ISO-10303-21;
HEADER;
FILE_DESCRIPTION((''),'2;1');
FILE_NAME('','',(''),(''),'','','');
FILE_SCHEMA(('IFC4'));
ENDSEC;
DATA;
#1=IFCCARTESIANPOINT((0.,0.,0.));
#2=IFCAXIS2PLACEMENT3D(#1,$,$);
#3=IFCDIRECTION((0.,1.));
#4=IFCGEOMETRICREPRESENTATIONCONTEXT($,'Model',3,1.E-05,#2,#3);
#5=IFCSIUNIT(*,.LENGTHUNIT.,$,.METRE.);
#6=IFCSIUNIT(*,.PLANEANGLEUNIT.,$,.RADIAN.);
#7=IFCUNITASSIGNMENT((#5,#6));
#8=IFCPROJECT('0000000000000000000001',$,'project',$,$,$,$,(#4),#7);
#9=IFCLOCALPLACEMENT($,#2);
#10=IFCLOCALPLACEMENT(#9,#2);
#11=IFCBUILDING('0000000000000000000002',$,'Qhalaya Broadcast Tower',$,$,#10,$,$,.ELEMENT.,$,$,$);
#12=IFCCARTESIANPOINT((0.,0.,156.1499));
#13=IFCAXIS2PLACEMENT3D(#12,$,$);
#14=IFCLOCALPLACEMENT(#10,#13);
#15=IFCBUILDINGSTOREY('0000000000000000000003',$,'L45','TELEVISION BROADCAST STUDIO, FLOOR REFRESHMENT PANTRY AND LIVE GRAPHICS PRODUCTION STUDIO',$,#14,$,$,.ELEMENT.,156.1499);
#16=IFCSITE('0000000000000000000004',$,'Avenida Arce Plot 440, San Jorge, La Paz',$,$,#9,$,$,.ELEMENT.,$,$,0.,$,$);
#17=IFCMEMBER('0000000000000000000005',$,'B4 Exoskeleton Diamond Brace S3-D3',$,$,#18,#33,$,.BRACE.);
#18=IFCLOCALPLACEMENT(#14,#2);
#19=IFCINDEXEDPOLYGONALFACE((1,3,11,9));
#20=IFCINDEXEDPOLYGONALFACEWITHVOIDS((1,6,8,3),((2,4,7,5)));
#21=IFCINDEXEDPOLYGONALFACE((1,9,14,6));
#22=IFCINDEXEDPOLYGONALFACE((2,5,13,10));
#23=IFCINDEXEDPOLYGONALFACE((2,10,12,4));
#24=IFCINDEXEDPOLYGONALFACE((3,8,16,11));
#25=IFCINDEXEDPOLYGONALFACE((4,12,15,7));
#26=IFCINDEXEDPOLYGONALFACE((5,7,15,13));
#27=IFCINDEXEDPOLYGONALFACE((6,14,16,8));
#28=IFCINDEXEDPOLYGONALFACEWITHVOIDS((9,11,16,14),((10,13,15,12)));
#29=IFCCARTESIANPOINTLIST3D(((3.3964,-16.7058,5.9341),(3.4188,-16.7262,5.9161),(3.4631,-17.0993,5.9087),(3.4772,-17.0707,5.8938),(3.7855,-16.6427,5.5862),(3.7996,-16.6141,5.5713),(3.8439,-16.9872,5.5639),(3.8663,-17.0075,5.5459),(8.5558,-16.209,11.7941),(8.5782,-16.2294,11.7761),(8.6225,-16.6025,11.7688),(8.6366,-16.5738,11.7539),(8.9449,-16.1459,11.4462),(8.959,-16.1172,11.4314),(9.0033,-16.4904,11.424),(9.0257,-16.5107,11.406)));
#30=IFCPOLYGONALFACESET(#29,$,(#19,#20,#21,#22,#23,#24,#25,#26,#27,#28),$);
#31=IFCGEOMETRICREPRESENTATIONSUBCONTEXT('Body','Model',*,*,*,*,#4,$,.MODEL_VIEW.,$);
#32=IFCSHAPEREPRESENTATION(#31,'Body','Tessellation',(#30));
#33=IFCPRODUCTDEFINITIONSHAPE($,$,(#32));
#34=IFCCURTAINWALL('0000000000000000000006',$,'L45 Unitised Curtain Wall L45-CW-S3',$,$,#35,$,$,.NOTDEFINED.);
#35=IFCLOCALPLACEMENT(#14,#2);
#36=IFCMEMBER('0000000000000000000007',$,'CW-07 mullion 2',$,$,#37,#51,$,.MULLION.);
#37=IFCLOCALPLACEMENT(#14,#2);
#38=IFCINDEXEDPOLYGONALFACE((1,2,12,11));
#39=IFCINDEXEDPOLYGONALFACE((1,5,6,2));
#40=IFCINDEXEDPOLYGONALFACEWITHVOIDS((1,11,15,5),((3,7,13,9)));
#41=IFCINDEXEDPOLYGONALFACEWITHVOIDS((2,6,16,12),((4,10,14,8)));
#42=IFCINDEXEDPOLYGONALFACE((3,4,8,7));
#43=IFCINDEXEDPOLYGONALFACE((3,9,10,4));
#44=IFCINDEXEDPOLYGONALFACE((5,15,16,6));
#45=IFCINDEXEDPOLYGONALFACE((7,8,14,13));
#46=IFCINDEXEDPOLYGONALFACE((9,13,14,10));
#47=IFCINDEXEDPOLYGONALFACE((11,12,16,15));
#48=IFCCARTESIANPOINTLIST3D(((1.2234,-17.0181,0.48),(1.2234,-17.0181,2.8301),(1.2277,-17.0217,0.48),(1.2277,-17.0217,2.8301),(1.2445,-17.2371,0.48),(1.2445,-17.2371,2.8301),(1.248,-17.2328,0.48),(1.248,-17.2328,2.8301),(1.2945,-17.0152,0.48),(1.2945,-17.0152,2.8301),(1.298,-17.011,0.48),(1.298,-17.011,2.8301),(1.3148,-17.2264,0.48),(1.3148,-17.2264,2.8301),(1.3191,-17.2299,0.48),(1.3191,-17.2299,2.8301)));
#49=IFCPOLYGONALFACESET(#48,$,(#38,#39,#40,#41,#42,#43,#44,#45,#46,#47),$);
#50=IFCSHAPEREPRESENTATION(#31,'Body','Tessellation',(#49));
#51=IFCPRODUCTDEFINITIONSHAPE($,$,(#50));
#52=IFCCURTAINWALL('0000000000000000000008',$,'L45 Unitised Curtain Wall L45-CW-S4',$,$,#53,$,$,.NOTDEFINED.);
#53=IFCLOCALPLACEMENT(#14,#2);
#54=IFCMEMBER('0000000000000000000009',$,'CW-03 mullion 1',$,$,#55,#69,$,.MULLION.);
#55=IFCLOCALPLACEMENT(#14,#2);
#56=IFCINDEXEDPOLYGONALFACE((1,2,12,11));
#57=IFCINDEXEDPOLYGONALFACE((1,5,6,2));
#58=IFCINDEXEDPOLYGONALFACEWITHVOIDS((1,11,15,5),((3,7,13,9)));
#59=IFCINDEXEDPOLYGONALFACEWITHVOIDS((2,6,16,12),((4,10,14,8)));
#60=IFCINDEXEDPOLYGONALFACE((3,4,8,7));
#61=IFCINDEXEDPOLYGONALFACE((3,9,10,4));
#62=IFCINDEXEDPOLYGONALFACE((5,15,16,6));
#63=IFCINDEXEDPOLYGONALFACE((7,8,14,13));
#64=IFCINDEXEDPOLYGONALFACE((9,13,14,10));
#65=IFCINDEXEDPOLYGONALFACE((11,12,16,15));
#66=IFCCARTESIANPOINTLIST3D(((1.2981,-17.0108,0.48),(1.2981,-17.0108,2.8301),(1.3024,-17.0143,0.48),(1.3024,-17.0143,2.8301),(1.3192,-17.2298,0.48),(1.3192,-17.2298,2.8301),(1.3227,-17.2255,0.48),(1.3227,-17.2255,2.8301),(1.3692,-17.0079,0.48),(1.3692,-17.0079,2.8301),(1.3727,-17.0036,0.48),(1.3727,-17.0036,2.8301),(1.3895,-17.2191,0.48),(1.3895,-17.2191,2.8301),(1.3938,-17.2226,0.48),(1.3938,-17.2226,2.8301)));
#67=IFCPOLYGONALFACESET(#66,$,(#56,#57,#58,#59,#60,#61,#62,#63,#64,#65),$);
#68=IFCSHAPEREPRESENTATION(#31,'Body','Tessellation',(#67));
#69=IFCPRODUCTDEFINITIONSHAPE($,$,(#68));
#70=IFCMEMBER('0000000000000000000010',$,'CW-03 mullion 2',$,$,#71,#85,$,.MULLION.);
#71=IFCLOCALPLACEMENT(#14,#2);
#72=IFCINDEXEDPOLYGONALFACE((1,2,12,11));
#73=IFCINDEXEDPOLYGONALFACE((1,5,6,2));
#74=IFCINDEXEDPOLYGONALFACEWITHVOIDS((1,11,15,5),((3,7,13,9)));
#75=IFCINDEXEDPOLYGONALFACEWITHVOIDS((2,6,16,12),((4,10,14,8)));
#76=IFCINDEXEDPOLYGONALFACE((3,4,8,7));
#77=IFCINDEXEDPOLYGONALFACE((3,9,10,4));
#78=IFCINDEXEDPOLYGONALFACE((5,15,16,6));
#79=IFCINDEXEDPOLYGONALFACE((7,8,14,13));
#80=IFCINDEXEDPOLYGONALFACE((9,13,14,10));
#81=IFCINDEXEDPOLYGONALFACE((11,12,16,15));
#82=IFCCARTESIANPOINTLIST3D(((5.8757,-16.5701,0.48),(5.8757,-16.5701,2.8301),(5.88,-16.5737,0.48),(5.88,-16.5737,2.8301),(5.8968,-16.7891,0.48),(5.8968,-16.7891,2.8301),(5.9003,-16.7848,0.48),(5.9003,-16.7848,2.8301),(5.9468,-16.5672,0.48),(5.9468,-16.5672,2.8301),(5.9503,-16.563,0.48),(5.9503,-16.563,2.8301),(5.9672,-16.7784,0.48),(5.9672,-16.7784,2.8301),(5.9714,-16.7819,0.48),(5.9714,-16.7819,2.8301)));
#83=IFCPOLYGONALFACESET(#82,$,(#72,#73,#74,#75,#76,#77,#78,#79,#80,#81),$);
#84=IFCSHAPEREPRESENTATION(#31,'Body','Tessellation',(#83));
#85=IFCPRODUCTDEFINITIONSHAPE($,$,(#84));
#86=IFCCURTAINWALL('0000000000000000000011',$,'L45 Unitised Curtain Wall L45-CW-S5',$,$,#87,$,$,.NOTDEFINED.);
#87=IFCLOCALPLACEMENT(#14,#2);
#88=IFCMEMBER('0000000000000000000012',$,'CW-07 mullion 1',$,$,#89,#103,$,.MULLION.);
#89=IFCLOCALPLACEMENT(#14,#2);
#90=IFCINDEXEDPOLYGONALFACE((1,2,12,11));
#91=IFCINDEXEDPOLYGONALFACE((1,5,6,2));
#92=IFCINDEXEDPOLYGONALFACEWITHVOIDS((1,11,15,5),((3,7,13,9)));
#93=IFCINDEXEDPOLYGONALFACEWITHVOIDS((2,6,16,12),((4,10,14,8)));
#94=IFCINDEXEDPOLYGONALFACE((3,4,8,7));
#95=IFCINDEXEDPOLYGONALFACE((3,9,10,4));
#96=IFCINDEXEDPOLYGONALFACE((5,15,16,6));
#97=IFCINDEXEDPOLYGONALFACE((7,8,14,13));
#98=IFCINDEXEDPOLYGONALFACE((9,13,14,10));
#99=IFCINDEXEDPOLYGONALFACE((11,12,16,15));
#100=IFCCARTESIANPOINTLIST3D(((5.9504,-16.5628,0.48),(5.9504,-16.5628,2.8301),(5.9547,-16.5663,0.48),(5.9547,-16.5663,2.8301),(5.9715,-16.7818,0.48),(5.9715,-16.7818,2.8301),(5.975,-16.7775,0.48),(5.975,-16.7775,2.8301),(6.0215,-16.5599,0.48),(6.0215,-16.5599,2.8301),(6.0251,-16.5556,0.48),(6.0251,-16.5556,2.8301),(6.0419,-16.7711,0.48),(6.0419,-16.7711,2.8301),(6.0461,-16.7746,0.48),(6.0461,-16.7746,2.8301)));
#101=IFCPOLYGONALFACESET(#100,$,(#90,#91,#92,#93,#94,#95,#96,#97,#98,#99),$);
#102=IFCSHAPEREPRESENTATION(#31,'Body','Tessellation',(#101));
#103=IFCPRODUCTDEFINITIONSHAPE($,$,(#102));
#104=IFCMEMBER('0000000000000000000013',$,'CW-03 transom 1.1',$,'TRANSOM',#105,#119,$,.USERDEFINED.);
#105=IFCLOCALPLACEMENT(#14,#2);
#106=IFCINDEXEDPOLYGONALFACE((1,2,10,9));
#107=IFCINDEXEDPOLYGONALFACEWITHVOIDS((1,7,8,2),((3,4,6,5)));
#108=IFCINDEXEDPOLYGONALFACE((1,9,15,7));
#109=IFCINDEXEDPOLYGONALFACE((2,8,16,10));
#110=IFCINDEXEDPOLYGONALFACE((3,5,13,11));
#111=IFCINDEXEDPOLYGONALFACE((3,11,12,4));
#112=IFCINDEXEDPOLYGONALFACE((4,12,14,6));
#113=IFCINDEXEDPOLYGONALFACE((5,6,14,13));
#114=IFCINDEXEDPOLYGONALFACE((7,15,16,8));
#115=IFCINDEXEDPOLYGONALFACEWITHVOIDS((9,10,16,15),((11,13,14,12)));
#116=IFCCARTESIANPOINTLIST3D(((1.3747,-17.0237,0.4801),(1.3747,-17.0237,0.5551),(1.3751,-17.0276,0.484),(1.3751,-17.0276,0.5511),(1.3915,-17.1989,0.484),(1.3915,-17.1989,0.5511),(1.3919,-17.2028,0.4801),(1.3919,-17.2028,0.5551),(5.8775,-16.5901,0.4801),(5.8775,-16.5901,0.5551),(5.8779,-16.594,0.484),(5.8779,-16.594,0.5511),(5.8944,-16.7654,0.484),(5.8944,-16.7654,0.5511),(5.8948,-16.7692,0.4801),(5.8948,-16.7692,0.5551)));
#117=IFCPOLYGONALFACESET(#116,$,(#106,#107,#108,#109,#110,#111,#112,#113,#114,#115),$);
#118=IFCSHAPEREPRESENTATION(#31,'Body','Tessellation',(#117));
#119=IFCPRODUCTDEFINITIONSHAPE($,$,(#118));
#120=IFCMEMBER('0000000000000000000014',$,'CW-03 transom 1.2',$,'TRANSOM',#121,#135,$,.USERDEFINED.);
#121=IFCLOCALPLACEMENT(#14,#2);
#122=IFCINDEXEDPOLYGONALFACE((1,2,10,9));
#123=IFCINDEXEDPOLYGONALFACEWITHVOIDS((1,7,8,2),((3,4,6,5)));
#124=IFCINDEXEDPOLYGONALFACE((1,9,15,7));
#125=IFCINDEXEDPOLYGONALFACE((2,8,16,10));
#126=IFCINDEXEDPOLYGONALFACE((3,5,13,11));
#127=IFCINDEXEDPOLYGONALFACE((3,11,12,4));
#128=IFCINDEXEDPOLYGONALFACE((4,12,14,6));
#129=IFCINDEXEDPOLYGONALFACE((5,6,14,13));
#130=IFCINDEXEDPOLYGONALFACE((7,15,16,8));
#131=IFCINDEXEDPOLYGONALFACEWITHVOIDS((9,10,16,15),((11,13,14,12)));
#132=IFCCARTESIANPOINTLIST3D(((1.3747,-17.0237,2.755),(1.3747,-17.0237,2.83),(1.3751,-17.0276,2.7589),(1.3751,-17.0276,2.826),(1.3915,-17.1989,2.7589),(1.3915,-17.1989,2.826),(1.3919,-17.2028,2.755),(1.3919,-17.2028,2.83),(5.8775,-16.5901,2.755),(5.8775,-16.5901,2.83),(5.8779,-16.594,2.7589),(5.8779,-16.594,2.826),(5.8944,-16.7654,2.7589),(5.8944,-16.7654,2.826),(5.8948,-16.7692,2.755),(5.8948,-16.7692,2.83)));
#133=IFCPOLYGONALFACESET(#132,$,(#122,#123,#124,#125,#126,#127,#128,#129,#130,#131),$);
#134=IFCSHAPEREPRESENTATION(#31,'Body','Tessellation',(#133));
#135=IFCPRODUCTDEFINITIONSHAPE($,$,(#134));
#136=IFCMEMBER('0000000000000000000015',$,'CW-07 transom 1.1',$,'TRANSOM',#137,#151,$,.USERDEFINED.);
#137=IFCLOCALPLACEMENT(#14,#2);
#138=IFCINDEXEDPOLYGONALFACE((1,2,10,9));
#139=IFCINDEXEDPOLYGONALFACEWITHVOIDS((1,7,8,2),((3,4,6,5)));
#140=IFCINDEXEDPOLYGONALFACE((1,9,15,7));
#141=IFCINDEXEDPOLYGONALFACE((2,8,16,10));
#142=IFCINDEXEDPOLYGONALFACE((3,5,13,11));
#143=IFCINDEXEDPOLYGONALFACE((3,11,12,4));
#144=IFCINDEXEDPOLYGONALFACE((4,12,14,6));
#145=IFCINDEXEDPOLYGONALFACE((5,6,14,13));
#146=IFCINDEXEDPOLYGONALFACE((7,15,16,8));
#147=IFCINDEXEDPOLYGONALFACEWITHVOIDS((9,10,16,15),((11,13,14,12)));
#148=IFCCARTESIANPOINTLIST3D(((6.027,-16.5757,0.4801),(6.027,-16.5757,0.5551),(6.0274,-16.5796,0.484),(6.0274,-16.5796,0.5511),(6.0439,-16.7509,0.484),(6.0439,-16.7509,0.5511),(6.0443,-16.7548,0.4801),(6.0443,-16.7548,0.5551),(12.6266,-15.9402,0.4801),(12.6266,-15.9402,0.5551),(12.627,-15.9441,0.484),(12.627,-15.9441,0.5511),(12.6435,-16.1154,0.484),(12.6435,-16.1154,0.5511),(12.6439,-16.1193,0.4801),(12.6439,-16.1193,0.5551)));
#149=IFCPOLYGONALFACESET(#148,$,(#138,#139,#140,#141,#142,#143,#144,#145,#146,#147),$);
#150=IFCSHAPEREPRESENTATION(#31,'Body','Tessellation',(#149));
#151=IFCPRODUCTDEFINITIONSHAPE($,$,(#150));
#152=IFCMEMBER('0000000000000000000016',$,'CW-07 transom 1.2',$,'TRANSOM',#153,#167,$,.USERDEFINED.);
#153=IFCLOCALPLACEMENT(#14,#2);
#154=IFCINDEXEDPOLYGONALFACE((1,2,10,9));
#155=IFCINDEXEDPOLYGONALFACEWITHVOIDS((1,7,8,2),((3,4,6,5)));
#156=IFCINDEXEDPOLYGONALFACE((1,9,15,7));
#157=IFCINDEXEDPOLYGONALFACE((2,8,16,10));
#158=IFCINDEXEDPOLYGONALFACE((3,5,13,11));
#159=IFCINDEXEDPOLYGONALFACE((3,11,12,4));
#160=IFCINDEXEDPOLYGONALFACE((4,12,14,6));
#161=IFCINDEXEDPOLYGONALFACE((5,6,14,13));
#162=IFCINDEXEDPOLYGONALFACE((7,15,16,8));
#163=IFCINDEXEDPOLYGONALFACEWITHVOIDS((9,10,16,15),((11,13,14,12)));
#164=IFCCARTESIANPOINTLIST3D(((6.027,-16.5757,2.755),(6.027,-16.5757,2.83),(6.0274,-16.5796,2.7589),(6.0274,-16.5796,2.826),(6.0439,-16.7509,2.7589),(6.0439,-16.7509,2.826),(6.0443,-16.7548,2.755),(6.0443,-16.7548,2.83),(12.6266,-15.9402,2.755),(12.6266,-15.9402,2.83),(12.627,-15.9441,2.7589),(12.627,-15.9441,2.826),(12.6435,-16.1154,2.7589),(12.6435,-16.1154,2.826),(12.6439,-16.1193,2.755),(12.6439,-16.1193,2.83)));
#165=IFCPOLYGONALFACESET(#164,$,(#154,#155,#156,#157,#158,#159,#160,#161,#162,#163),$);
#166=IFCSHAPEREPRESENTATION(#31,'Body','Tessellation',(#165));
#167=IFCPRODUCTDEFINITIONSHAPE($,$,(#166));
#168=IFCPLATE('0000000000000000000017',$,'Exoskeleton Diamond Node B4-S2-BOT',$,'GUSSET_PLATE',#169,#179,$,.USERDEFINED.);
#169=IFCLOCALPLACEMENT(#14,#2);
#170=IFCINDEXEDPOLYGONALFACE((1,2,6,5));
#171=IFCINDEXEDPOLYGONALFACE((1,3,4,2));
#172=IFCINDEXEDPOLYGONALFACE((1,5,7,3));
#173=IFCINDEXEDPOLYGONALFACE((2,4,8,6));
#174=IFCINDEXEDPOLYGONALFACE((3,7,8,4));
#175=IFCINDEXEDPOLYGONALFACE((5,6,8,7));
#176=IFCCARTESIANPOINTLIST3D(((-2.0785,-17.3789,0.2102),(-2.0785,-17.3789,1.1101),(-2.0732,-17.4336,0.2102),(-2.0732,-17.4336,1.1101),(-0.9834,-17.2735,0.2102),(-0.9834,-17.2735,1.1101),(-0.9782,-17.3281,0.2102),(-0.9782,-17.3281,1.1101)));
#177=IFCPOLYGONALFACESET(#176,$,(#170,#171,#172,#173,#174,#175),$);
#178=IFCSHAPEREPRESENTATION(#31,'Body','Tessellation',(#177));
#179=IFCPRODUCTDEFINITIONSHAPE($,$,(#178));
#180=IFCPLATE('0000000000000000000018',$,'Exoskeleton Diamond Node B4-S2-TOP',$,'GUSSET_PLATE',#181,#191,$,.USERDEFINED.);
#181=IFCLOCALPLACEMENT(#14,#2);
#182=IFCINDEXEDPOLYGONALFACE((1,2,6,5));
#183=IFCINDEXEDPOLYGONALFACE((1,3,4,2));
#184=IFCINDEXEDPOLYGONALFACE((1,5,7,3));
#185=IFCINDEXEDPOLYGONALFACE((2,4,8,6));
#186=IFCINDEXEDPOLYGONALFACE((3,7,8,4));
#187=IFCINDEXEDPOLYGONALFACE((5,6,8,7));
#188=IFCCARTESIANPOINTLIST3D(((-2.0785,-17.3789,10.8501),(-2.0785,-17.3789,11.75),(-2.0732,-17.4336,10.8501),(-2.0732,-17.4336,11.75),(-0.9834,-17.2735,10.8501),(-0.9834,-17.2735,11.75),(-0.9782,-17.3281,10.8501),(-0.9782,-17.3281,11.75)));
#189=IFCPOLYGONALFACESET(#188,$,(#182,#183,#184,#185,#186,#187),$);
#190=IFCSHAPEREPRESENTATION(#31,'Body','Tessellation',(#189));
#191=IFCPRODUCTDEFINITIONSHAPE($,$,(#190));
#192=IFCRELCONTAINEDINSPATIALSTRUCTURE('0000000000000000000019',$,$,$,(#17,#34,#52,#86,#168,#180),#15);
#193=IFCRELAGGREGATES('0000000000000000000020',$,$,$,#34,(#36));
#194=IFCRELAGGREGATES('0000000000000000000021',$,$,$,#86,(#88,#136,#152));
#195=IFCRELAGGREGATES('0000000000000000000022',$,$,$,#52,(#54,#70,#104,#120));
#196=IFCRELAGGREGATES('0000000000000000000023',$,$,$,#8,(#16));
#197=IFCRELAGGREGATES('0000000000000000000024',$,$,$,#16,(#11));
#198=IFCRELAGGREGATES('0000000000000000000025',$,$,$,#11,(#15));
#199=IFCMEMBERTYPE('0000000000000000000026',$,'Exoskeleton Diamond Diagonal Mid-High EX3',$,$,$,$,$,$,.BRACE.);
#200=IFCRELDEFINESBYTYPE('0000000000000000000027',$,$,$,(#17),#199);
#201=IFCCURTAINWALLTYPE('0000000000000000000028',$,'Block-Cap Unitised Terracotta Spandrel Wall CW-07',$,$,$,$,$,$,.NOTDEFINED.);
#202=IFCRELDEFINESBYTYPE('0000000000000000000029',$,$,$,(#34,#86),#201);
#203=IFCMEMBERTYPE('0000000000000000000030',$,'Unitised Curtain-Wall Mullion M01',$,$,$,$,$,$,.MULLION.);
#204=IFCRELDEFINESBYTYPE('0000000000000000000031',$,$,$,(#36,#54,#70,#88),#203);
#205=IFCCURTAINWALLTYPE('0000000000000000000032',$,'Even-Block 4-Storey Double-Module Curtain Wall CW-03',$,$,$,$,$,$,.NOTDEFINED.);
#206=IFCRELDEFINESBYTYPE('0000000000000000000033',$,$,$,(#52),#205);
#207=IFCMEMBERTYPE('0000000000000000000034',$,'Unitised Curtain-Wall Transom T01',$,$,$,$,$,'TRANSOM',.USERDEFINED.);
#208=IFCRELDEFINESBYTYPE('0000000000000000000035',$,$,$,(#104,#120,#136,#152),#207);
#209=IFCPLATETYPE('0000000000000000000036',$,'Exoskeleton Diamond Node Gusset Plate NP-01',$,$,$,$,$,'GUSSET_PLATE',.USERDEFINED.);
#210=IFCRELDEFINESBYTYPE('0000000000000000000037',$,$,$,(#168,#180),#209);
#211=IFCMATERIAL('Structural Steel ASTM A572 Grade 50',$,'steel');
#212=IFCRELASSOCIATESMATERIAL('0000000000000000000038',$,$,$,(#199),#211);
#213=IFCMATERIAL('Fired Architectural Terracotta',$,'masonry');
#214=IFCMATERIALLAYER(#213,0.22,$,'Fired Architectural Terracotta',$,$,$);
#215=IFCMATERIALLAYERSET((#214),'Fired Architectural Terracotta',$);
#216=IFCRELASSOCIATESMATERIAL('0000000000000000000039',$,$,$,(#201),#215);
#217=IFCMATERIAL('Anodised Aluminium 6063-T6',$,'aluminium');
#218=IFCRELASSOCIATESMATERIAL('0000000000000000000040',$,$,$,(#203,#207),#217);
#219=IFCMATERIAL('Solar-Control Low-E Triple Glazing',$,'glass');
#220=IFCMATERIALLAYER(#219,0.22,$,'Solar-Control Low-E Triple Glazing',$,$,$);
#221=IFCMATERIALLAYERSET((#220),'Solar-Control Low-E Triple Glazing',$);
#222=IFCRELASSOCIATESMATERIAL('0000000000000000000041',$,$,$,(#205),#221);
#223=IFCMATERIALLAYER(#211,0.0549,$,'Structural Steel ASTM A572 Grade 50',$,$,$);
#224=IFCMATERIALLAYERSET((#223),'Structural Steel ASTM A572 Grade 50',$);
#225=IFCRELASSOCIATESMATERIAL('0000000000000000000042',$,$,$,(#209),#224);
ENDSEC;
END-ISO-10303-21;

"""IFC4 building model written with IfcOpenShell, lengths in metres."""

from ifc_helpers import new_model, si_unit, direction, frame, origin, origin_2d, place, context, subcontext, project, spatial, rectangle, hollow_rectangle, extrude, material, layer, layer_set, material_profile, profile_set, type_object, element, aggregate, save


model = new_model("IFC4")

# Units and contexts
model_context = context("Model", 3, precision=1e-05, world=origin(), true_north=direction((0.0, 1.0)))
body_context = subcontext(model_context, "Body", "Model", "MODEL_VIEW")
ifc_project = project(units=[si_unit("LENGTHUNIT", "METRE"), si_unit("PLANEANGLEUNIT", "RADIAN")], contexts=[model_context])

# Site, building, storey
site_placement = place(None, origin())
site = spatial("IfcSite", under=ifc_project, at=site_placement, Name="Avenida Arce Plot 440, San Jorge, La Paz", CompositionType="ELEMENT", RefElevation=0.0)
building_placement = place(site_placement, origin())
building = spatial("IfcBuilding", under=site, at=building_placement, Name="Qhalaya Broadcast Tower", CompositionType="ELEMENT")
storey_placement = place(building_placement, frame((0.0, 0.0, 156.1499)))
storey = spatial("IfcBuildingStorey", under=building, at=storey_placement, Name="L45", Description="TELEVISION BROADCAST STUDIO, FLOOR REFRESHMENT PANTRY AND LIVE GRAPHICS PRODUCTION STUDIO", CompositionType="ELEMENT", Elevation=156.1499)

# Shared definitions
ifc_material_1 = material(Name="Structural Steel ASTM A572 Grade 50", Category="steel")

# Member
ifc_material_profile_1 = material_profile(ifc_material_1, hollow_rectangle(XDim=0.3999, YDim=0.55, WallThickness=0.0249, at=origin_2d()), Name="BOX 400x550x25")
ifc_profile_set_1 = profile_set([ifc_material_profile_1], Name="Structural Steel ASTM A572 Grade 50")
member_type_1 = type_object("IfcMemberType", Name="Exoskeleton Diamond Diagonal Mid-High EX3", PredefinedType="BRACE", material=ifc_profile_set_1)
member_1_placement = place(storey_placement, frame((3.6313, -16.8567, 5.74), z_axis=(0.659477, 0.063504, 0.749038), x_axis=(-0.166872, 0.983932, 0.0635)))
element("IfcMember", 1, at=member_1_placement, inside=storey, type_object=member_type_1, Name="B4 Exoskeleton Diamond Brace S3-D3", PredefinedType="BRACE", context=body_context, shape_type="SweptSolid", body=[
    extrude(hollow_rectangle(XDim=0.3999, YDim=0.55, WallThickness=0.0249, at=origin_2d()), origin(), (0.0, 0.0, 1.0), 7.8235),
])

# Curtain wall, member
ifc_material_2 = material(Name="Fired Architectural Terracotta", Category="masonry")
ifc_layer_1 = layer(ifc_material_2, 0.22, Name="Fired Architectural Terracotta")
ifc_layer_set_1 = layer_set([ifc_layer_1], Name="Fired Architectural Terracotta")
curtain_wall_type_1 = type_object("IfcCurtainWallType", Name="Block-Cap Unitised Terracotta Spandrel Wall CW-07", PredefinedType="NOTDEFINED", material=ifc_layer_set_1)
curtain_wall_1_placement = place(storey_placement, origin())
curtain_wall_1 = element("IfcCurtainWall", 2, at=curtain_wall_1_placement, inside=storey, type_object=curtain_wall_type_1, Name="L45 Unitised Curtain Wall L45-CW-S3", PredefinedType="NOTDEFINED")
ifc_material_3 = material(Name="Anodised Aluminium 6063-T6", Category="aluminium")
ifc_material_profile_2 = material_profile(ifc_material_3, hollow_rectangle(XDim=0.075, YDim=0.22, WallThickness=0.0039, at=origin_2d()), Name="ALU-MUL 75x220x4")
ifc_profile_set_2 = profile_set([ifc_material_profile_2], Name="Anodised Aluminium 6063-T6")
member_type_2 = type_object("IfcMemberType", Name="Unitised Curtain-Wall Mullion M01", PredefinedType="MULLION", material=ifc_profile_set_2)
member_2_placement = place(storey_placement, frame((1.2712, -17.124, 0.48), z_axis=(0.0, 0.0, 1.0), x_axis=(0.995395, 0.095854, 0.0)))
member_2 = element("IfcMember", 3, at=member_2_placement, type_object=member_type_2, Name="CW-07 mullion 2", PredefinedType="MULLION", context=body_context, shape_type="SweptSolid", body=[
    extrude(hollow_rectangle(XDim=0.075, YDim=0.22, WallThickness=0.0039, at=origin_2d()), origin(), (0.0, 0.0, 1.0), 2.3501),
])

# Curtain wall, members
ifc_material_4 = material(Name="Solar-Control Low-E Triple Glazing", Category="glass")
ifc_layer_2 = layer(ifc_material_4, 0.22, Name="Solar-Control Low-E Triple Glazing")
ifc_layer_set_2 = layer_set([ifc_layer_2], Name="Solar-Control Low-E Triple Glazing")
curtain_wall_type_2 = type_object("IfcCurtainWallType", Name="Even-Block 4-Storey Double-Module Curtain Wall CW-03", PredefinedType="NOTDEFINED", material=ifc_layer_set_2)
curtain_wall_2_placement = place(storey_placement, origin())
curtain_wall_2 = element("IfcCurtainWall", 4, at=curtain_wall_2_placement, inside=storey, type_object=curtain_wall_type_2, Name="L45 Unitised Curtain Wall L45-CW-S4", PredefinedType="NOTDEFINED")
member_3_placement = place(storey_placement, frame((1.3459, -17.1167, 0.48), z_axis=(0.0, 0.0, 1.0), x_axis=(0.995396, 0.095851, 0.0)))
member_3 = element("IfcMember", 5, at=member_3_placement, type_object=member_type_2, Name="CW-03 mullion 1", PredefinedType="MULLION", context=body_context, shape_type="SweptSolid", body=[
    extrude(hollow_rectangle(XDim=0.075, YDim=0.22, WallThickness=0.0039, at=origin_2d()), origin(), (0.0, 0.0, 1.0), 2.3501),
])
member_4_placement = place(storey_placement, frame((5.9236, -16.676, 0.48), z_axis=(0.0, 0.0, 1.0), x_axis=(0.995396, 0.095851, 0.0)))
member_4 = element("IfcMember", 6, at=member_4_placement, type_object=member_type_2, Name="CW-03 mullion 2", PredefinedType="MULLION", context=body_context, shape_type="SweptSolid", body=[
    extrude(hollow_rectangle(XDim=0.075, YDim=0.22, WallThickness=0.0039, at=origin_2d()), origin(), (0.0, 0.0, 1.0), 2.3501),
])

# Curtain wall, member
curtain_wall_3_placement = place(storey_placement, origin())
curtain_wall_3 = element("IfcCurtainWall", 7, at=curtain_wall_3_placement, inside=storey, type_object=curtain_wall_type_1, Name="L45 Unitised Curtain Wall L45-CW-S5", PredefinedType="NOTDEFINED")
member_5_placement = place(storey_placement, frame((5.9983, -16.6687, 0.48), z_axis=(0.0, 0.0, 1.0), x_axis=(0.995397, 0.095841, 0.0)))
member_5 = element("IfcMember", 8, at=member_5_placement, type_object=member_type_2, Name="CW-07 mullion 1", PredefinedType="MULLION", context=body_context, shape_type="SweptSolid", body=[
    extrude(hollow_rectangle(XDim=0.075, YDim=0.22, WallThickness=0.0039, at=origin_2d()), origin(), (0.0, 0.0, 1.0), 2.3501),
])

# Members
ifc_material_profile_3 = material_profile(ifc_material_3, hollow_rectangle(XDim=0.075, YDim=0.1799, WallThickness=0.0039, at=origin_2d()), Name="ALU-TRN 75x180x4")
ifc_profile_set_3 = profile_set([ifc_material_profile_3], Name="Anodised Aluminium 6063-T6")
member_type_3 = type_object("IfcMemberType", Name="Unitised Curtain-Wall Transom T01", ElementType="TRANSOM", PredefinedType="USERDEFINED", material=ifc_profile_set_3)
member_6_placement = place(storey_placement, frame((1.3833, -17.1133, 0.5176), z_axis=(0.995396, 0.095848, 0.0), x_axis=(0.0, 0.0, 1.0)))
member_6 = element("IfcMember", 9, at=member_6_placement, type_object=member_type_3, Name="CW-03 transom 1.1", ObjectType="TRANSOM", PredefinedType="USERDEFINED", context=body_context, shape_type="SweptSolid", body=[
    extrude(hollow_rectangle(XDim=0.075, YDim=0.1799, WallThickness=0.0039, at=origin_2d()), origin(), (0.0, 0.0, 1.0), 4.5237),
])
member_7_placement = place(storey_placement, frame((1.3833, -17.1133, 2.7925), z_axis=(0.995396, 0.095848, 0.0), x_axis=(0.0, 0.0, 1.0)))
member_7 = element("IfcMember", 10, at=member_7_placement, type_object=member_type_3, Name="CW-03 transom 1.2", ObjectType="TRANSOM", PredefinedType="USERDEFINED", context=body_context, shape_type="SweptSolid", body=[
    extrude(hollow_rectangle(XDim=0.075, YDim=0.1799, WallThickness=0.0039, at=origin_2d()), origin(), (0.0, 0.0, 1.0), 4.5237),
])
member_8_placement = place(storey_placement, frame((6.0356, -16.6653, 0.5176), z_axis=(0.995396, 0.09585, 0.0), x_axis=(0.0, 0.0, 1.0)))
member_8 = element("IfcMember", 11, at=member_8_placement, type_object=member_type_3, Name="CW-07 transom 1.1", ObjectType="TRANSOM", PredefinedType="USERDEFINED", context=body_context, shape_type="SweptSolid", body=[
    extrude(hollow_rectangle(XDim=0.075, YDim=0.1799, WallThickness=0.0039, at=origin_2d()), origin(), (0.0, 0.0, 1.0), 6.6301),
])
member_9_placement = place(storey_placement, frame((6.0356, -16.6653, 2.7925), z_axis=(0.995396, 0.09585, 0.0), x_axis=(0.0, 0.0, 1.0)))
member_9 = element("IfcMember", 12, at=member_9_placement, type_object=member_type_3, Name="CW-07 transom 1.2", ObjectType="TRANSOM", PredefinedType="USERDEFINED", context=body_context, shape_type="SweptSolid", body=[
    extrude(hollow_rectangle(XDim=0.075, YDim=0.1799, WallThickness=0.0039, at=origin_2d()), origin(), (0.0, 0.0, 1.0), 6.6301),
])

# Plates
ifc_layer_3 = layer(ifc_material_1, 0.0549, Name="Structural Steel ASTM A572 Grade 50")
ifc_layer_set_3 = layer_set([ifc_layer_3], Name="Structural Steel ASTM A572 Grade 50")
plate_type_1 = type_object("IfcPlateType", Name="Exoskeleton Diamond Node Gusset Plate NP-01", ElementType="GUSSET_PLATE", PredefinedType="USERDEFINED", material=ifc_layer_set_3)
for number, where, z_axis, x_axis, name in (
    (13, (-1.5283, -17.3535, 0.2102), (0.0, 0.0, 1.0), (0.995396, 0.095846, 0.0), "Exoskeleton Diamond Node B4-S2-BOT"),
    (14, (-1.5283, -17.3535, 10.8501), (0.0, 0.0, 1.0), (0.995396, 0.095846, 0.0), "Exoskeleton Diamond Node B4-S2-TOP"),
):
    element("IfcPlate", number, at=place(storey_placement, frame(where, z_axis=z_axis, x_axis=x_axis)), inside=storey, type_object=plate_type_1, Name=name, ObjectType="GUSSET_PLATE", PredefinedType="USERDEFINED", context=body_context, shape_type="SweptSolid", body=[
        extrude(rectangle(XDim=1.1001, YDim=0.0549, at=origin_2d()), origin(), (0.0, 0.0, 1.0), 0.8999),
    ])

aggregate(curtain_wall_1, [member_2])
aggregate(curtain_wall_3, [member_5, member_8, member_9])
aggregate(curtain_wall_2, [member_3, member_4, member_6, member_7])

save(model, "model.ifc")
